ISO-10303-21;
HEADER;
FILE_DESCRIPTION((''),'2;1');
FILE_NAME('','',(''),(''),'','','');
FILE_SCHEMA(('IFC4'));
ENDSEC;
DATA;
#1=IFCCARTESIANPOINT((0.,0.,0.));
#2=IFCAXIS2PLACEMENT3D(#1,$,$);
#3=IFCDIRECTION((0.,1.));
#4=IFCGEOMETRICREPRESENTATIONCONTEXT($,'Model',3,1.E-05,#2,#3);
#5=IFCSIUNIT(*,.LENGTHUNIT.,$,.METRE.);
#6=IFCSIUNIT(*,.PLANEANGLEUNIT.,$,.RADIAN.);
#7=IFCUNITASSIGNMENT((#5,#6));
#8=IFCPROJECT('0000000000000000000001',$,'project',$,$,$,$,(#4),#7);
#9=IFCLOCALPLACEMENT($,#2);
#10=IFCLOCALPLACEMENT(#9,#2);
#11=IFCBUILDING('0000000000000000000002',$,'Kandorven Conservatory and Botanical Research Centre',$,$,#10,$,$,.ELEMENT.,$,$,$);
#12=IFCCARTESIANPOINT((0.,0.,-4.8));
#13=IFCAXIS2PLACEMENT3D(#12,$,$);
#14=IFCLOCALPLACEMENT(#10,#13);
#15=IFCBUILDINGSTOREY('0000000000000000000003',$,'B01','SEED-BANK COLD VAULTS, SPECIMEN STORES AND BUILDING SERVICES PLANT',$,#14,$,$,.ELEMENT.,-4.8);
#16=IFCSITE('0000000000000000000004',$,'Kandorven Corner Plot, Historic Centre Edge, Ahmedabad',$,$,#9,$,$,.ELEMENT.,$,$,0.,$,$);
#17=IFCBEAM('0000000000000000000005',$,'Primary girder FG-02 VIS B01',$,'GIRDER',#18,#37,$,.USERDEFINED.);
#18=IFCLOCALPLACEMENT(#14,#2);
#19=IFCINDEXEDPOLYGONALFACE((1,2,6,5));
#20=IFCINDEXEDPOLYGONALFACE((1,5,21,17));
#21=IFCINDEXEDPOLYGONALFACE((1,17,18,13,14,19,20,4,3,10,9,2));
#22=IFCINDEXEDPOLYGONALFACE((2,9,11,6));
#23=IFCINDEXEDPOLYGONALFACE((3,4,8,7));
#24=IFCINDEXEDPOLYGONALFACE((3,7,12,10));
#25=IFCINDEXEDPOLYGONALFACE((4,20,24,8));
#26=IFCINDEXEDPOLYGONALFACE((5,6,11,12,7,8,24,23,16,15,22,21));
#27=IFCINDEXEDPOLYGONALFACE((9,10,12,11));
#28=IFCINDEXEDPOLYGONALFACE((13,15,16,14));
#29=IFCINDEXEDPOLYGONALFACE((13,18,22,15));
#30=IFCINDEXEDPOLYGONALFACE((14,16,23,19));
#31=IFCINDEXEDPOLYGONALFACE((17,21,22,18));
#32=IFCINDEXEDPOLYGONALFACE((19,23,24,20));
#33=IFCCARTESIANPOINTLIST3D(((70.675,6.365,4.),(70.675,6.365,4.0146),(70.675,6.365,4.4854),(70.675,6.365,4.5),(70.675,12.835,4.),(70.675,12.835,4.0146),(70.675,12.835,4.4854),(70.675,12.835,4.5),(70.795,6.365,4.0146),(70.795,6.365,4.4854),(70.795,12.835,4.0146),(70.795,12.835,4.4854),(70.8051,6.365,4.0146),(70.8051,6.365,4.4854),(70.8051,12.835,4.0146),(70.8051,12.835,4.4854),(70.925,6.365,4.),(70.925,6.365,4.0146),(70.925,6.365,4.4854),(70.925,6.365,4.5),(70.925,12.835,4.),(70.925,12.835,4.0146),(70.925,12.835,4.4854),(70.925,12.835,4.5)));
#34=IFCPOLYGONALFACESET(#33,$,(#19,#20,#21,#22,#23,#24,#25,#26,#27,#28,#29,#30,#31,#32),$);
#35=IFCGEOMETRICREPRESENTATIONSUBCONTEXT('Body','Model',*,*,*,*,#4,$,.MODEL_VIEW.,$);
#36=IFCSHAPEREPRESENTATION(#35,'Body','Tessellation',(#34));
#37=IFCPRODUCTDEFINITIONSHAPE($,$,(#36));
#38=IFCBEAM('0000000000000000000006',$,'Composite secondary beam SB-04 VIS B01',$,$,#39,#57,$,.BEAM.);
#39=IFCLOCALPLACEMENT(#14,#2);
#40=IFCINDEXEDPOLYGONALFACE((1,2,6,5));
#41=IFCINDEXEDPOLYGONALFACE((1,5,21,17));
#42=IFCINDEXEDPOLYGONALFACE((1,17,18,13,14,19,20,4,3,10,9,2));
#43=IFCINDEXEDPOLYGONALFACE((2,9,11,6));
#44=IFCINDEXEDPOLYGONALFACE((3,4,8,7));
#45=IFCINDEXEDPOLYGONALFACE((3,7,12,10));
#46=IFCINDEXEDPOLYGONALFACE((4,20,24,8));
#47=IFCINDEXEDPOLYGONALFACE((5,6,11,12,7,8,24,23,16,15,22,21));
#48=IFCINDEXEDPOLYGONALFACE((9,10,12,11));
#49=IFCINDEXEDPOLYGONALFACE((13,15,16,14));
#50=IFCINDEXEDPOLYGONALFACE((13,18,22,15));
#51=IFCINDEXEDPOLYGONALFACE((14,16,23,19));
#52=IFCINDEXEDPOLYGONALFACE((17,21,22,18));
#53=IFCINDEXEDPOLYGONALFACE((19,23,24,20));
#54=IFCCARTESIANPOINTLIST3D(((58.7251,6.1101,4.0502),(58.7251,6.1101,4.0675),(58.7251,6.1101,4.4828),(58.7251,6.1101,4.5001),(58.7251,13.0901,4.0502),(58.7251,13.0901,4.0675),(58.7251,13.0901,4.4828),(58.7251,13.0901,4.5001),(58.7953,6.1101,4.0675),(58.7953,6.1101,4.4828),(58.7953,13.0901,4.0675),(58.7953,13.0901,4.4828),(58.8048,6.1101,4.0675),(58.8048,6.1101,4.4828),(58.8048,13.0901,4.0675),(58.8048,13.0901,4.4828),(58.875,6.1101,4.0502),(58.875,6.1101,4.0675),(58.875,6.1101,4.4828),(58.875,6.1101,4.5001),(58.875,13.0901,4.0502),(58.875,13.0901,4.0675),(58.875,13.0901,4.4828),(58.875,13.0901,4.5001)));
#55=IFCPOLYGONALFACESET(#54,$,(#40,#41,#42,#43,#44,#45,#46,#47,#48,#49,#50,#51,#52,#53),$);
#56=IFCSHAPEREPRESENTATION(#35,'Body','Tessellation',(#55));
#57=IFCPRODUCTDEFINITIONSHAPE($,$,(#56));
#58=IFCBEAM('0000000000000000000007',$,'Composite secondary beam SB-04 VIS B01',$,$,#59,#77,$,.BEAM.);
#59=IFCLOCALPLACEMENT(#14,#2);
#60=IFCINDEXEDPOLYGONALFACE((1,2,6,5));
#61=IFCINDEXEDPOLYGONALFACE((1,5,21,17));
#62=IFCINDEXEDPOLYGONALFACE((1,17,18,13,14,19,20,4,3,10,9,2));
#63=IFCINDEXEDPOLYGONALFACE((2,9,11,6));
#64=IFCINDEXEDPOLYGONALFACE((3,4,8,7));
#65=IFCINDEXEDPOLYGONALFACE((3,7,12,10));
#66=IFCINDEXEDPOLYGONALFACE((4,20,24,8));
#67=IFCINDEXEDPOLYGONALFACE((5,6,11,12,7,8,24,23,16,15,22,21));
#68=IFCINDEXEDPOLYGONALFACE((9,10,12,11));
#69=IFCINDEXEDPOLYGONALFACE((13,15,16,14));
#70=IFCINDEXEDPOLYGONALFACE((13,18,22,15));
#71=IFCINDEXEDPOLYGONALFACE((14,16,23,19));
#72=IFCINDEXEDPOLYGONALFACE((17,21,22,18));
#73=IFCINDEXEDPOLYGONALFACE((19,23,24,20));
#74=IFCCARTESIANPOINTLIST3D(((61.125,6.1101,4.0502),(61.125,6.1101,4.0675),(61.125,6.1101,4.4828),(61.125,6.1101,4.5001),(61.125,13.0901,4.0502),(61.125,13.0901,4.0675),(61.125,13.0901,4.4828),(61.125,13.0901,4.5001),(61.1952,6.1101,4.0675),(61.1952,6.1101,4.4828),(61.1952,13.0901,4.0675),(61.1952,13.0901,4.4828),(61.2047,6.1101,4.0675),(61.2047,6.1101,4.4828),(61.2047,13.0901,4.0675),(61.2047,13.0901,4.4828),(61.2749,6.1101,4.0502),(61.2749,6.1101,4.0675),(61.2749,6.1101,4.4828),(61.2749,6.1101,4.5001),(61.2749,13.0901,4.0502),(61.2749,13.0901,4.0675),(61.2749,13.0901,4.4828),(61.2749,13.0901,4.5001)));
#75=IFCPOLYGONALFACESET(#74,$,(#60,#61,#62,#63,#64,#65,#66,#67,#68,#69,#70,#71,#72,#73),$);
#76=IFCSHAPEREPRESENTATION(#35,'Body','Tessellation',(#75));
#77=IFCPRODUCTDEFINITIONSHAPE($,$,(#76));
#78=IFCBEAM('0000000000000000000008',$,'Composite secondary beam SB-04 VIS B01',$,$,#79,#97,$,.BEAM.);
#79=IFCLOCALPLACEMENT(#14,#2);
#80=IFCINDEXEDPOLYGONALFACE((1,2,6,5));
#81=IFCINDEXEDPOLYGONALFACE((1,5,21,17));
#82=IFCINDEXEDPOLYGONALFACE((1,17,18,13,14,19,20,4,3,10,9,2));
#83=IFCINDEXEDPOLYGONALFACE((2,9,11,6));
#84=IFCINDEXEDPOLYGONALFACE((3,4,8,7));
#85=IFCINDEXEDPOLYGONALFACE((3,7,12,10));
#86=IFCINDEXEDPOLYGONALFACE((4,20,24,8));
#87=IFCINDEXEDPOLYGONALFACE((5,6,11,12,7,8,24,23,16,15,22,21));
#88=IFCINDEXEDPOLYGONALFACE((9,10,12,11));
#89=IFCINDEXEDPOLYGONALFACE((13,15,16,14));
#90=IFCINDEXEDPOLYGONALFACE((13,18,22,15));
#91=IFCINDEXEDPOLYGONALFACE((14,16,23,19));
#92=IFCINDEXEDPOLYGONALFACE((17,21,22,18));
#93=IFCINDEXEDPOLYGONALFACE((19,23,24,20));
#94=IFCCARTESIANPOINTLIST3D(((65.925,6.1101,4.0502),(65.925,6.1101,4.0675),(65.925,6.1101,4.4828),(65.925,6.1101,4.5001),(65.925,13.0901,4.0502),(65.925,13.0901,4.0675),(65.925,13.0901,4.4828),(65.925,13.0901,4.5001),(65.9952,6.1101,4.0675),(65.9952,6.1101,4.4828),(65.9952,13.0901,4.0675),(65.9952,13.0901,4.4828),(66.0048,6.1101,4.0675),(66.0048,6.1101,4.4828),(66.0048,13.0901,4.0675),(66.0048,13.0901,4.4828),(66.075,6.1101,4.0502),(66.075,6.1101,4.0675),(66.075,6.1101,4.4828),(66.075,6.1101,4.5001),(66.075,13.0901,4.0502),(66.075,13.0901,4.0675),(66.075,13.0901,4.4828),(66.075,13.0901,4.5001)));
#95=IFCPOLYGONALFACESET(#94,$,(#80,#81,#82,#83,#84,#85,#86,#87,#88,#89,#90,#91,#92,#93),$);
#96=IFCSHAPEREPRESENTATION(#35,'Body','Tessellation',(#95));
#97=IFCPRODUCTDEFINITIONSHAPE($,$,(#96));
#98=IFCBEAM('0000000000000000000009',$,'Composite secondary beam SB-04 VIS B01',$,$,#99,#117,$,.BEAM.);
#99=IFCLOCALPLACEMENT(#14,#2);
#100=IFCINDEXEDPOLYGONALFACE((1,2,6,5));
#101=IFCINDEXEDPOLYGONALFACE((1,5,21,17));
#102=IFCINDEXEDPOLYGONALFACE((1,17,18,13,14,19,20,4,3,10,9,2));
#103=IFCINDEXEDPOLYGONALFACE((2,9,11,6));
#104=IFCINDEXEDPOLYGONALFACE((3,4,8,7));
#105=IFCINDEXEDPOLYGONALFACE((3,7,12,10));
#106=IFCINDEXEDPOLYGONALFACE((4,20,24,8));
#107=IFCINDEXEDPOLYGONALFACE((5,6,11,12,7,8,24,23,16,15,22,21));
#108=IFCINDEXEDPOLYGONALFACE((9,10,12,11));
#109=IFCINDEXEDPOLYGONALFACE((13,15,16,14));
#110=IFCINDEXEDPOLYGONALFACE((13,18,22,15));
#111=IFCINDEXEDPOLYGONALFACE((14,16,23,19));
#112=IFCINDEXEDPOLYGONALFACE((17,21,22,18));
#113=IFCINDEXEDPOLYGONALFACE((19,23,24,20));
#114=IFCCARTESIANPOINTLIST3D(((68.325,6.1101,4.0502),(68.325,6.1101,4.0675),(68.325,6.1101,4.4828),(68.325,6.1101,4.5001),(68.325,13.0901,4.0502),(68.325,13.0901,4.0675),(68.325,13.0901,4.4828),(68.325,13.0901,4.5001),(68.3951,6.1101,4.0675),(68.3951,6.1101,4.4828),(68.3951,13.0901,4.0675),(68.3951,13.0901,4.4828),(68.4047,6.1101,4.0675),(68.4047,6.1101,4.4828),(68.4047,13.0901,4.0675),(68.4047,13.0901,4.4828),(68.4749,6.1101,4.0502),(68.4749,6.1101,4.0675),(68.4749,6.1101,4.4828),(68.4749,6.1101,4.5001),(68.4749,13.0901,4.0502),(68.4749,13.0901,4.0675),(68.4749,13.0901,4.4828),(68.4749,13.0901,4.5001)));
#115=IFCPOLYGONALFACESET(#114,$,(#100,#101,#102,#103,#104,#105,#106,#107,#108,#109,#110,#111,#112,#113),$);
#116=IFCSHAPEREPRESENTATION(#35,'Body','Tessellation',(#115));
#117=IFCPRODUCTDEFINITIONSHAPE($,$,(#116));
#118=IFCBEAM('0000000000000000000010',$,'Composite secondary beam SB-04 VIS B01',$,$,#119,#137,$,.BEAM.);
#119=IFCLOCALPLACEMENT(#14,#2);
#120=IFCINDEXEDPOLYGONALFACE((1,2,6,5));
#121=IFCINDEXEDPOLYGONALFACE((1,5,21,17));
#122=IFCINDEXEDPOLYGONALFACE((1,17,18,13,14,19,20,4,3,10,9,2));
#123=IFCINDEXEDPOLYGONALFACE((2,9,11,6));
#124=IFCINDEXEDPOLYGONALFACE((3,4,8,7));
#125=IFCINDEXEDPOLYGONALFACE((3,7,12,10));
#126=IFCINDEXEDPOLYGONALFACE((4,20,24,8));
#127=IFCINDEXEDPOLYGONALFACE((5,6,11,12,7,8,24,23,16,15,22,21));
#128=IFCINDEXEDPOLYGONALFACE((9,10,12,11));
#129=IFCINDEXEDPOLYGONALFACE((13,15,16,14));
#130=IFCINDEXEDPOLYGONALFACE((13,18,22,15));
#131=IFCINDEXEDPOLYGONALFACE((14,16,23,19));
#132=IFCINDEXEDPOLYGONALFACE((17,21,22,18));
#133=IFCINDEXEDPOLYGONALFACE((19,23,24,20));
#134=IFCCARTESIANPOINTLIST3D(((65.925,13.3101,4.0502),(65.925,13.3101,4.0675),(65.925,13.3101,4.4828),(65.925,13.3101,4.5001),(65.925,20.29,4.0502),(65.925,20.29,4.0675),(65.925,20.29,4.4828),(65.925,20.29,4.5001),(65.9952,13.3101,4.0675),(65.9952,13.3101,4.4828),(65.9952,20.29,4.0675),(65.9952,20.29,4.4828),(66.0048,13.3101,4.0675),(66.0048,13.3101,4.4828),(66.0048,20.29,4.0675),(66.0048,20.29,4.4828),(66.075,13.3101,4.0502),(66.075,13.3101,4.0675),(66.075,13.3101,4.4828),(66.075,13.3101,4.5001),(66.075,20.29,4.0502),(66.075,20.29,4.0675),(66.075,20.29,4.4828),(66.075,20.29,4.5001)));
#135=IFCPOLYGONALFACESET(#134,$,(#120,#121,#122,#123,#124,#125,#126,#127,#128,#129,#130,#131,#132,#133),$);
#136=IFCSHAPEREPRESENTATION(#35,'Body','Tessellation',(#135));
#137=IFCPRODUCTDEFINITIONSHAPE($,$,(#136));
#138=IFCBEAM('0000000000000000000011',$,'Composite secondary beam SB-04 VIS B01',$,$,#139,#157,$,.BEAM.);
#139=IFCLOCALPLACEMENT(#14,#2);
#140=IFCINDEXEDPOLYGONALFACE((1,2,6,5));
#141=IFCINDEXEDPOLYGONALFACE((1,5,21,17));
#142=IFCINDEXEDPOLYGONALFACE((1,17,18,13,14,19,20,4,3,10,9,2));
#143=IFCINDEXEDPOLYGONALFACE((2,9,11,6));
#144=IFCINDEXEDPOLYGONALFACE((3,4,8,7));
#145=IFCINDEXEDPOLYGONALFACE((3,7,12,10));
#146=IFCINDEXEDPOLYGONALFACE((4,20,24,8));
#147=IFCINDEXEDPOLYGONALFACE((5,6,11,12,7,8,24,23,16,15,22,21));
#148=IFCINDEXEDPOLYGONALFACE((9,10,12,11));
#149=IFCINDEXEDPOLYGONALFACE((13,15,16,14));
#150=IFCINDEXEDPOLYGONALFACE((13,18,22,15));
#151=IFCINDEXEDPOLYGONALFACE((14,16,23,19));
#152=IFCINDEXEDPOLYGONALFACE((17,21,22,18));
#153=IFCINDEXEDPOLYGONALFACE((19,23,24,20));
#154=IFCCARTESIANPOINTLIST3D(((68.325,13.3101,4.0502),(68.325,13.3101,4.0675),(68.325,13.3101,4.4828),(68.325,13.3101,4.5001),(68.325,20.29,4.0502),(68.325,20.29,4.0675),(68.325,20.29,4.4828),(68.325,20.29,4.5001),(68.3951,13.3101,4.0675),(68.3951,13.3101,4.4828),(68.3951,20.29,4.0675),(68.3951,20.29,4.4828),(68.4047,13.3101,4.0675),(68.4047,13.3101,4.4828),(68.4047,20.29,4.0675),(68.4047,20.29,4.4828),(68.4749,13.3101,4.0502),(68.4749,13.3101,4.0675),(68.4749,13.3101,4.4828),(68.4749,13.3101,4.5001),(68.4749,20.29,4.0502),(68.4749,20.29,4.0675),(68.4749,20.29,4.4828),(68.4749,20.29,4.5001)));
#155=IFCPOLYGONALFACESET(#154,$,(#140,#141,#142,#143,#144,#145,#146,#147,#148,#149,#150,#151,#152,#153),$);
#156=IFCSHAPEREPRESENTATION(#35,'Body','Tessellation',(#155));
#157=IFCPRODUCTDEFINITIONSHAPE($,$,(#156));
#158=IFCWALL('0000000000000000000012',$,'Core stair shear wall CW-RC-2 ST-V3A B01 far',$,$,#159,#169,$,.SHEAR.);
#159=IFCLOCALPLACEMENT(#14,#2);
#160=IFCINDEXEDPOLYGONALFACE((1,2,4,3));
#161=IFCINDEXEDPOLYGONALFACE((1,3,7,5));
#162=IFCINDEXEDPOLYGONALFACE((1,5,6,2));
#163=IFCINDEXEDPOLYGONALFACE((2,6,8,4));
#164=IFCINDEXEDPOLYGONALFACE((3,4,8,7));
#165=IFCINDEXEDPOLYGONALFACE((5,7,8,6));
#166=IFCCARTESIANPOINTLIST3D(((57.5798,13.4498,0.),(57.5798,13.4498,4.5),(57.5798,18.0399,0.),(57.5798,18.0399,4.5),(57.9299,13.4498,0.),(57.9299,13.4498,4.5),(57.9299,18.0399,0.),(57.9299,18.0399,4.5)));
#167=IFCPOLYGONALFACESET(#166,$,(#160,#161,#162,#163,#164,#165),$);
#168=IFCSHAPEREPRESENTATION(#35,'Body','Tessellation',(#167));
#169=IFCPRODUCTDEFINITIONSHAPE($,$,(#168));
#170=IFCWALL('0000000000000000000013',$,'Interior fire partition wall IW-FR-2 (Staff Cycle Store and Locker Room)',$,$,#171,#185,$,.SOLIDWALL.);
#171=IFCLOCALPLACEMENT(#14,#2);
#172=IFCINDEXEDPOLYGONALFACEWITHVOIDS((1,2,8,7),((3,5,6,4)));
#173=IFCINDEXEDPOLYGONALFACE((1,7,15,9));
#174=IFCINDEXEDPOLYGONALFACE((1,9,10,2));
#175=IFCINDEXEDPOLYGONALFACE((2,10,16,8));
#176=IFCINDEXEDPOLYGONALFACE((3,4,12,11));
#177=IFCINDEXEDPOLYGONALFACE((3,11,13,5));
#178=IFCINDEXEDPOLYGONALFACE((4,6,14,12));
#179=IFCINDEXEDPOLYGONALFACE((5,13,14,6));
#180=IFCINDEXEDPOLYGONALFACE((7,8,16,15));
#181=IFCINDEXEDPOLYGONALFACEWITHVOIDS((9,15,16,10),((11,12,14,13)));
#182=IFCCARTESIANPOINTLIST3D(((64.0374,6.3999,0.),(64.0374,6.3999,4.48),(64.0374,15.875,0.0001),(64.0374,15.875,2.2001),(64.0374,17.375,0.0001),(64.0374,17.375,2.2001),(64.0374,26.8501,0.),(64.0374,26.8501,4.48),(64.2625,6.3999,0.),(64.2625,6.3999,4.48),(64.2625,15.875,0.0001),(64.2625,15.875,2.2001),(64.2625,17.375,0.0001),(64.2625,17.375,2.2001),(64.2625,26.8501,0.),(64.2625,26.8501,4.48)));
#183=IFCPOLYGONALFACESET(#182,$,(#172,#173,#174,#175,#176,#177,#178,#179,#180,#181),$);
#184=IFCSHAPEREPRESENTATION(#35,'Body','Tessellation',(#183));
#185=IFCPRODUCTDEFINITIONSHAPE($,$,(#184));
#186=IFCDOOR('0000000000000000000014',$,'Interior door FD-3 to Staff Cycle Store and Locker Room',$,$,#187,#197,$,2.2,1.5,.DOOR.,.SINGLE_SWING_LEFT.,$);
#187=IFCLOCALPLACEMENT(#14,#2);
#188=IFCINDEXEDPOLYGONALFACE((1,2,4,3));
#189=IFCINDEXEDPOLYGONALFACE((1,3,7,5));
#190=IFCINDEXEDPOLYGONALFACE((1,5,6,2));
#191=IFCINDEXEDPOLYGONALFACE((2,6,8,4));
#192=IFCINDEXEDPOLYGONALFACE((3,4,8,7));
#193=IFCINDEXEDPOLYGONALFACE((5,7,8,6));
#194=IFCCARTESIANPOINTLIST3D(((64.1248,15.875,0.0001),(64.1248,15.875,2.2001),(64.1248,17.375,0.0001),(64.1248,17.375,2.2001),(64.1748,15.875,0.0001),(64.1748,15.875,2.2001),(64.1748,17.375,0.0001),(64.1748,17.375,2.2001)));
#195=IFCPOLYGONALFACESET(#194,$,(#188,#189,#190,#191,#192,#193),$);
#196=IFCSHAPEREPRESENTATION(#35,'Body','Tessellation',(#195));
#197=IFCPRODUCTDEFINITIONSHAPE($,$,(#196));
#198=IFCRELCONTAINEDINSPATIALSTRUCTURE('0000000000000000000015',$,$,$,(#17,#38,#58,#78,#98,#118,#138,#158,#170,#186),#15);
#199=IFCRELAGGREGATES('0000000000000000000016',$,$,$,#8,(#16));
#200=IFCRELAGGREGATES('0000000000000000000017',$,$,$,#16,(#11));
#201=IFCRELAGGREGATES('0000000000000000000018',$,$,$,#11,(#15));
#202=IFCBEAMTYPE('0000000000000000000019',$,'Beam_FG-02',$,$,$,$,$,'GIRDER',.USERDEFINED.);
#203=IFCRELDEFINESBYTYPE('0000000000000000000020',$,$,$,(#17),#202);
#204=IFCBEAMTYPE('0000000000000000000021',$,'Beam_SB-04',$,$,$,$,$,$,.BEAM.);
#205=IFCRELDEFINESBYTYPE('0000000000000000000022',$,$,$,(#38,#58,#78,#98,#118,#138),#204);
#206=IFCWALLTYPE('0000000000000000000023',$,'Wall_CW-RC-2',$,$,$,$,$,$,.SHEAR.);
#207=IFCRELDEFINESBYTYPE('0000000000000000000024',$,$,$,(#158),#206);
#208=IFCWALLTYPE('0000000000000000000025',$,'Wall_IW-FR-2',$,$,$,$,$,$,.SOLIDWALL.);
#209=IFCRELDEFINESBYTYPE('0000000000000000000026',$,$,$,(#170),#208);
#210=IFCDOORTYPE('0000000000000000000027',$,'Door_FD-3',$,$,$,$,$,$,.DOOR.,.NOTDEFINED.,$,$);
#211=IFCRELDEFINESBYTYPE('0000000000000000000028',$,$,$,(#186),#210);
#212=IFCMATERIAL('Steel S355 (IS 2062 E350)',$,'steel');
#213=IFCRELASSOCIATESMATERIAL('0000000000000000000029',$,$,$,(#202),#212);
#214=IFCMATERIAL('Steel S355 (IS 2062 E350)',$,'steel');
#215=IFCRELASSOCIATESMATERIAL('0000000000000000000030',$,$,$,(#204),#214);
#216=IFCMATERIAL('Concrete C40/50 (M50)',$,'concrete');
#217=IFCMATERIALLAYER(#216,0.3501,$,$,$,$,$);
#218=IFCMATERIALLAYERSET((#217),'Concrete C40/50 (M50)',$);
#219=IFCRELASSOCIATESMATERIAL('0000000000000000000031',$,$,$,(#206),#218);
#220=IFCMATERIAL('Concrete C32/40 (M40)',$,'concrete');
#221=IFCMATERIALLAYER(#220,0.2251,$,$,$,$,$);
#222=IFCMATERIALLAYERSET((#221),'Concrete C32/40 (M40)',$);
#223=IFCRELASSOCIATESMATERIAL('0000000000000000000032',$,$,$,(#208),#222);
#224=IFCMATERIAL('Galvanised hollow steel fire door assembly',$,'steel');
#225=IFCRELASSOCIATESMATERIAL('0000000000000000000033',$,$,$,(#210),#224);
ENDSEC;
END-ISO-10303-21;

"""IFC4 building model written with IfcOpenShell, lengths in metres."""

from ifc_helpers import new_model, si_unit, direction, frame, frame_2d, origin, origin_2d, place, context, subcontext, project, spatial, rectangle, i_section, extrude, material, layer, layer_set, material_profile, profile_set, type_object, element, fill, save


model = new_model("IFC4")

# Units and contexts
model_context = context("Model", 3, precision=1e-05, world=origin(), true_north=direction((0.0, 1.0)))
body_context = subcontext(model_context, "Body", "Model", "MODEL_VIEW")
ifc_project = project(units=[si_unit("LENGTHUNIT", "METRE"), si_unit("PLANEANGLEUNIT", "RADIAN")], contexts=[model_context])

# Site, building, storey
site_placement = place(None, origin())
site = spatial("IfcSite", under=ifc_project, at=site_placement, Name="Kandorven Corner Plot, Historic Centre Edge, Ahmedabad", CompositionType="ELEMENT", RefElevation=0.0)
building_placement = place(site_placement, origin())
building = spatial("IfcBuilding", under=site, at=building_placement, Name="Kandorven Conservatory and Botanical Research Centre", CompositionType="ELEMENT")
storey_placement = place(building_placement, frame((0.0, 0.0, -4.8)))
storey = spatial("IfcBuildingStorey", under=building, at=storey_placement, Name="B01", Description="SEED-BANK COLD VAULTS, SPECIMEN STORES AND BUILDING SERVICES PLANT", CompositionType="ELEMENT", Elevation=-4.8)

# Beams
ifc_material_1 = material(Name="Steel S355 (IS 2062 E350)", Category="steel")
ifc_material_profile_1 = material_profile(ifc_material_1, i_section(OverallWidth=0.25, OverallDepth=0.5, WebThickness=0.01, FlangeThickness=0.0146, at=origin_2d()))
ifc_profile_set_1 = profile_set([ifc_material_profile_1], Name="Steel S355 (IS 2062 E350)")
beam_type_1 = type_object("IfcBeamType", Name="Beam_FG-02", ElementType="GIRDER", PredefinedType="USERDEFINED", material=ifc_profile_set_1)
for number, where, z_axis, x_axis, name in (
    (1, (70.8, 6.365, 4.25), (0.0, 1.0, 0.0), (-1.0, 0.0, 0.0), "Primary girder FG-02 VIS B01"),
):
    element("IfcBeam", number, at=place(storey_placement, frame(where, z_axis=z_axis, x_axis=x_axis)), inside=storey, type_object=beam_type_1, Name=name, ObjectType="GIRDER", PredefinedType="USERDEFINED", context=body_context, shape_type="SweptSolid", body=[
        extrude(i_section(OverallWidth=0.25, OverallDepth=0.5, WebThickness=0.01, FlangeThickness=0.0146, at=origin_2d()), origin(), (0.0, 0.0, 1.0), 6.47),
    ])
ifc_material_2 = material(Name="Steel S355 (IS 2062 E350)", Category="steel")
ifc_material_profile_2 = material_profile(ifc_material_2, i_section(OverallWidth=0.1499, OverallDepth=0.45, WebThickness=0.0095, FlangeThickness=0.0173, at=origin_2d()))
ifc_profile_set_2 = profile_set([ifc_material_profile_2], Name="Steel S355 (IS 2062 E350)")
beam_type_2 = type_object("IfcBeamType", Name="Beam_SB-04", PredefinedType="BEAM", material=ifc_profile_set_2)
for number, where, z_axis, x_axis, name in (
    (2, (58.8, 6.1101, 4.2751), (0.0, 1.0, 0.0), (-1.0, 0.0, 0.0), "Composite secondary beam SB-04 VIS B01"),
    (3, (61.2, 6.1101, 4.2751), (0.0, 1.0, 0.0), (-1.0, 0.0, 0.0), "Composite secondary beam SB-04 VIS B01"),
    (4, (66.0, 6.1101, 4.2751), (0.0, 1.0, 0.0), (-1.0, 0.0, 0.0), "Composite secondary beam SB-04 VIS B01"),
    (5, (68.3999, 6.1101, 4.2751), (0.0, 1.0, 0.0), (-1.0, 0.0, 0.0), "Composite secondary beam SB-04 VIS B01"),
    (6, (66.0, 13.3101, 4.2751), (0.0, 1.0, 0.0), (-1.0, 0.0, 0.0), "Composite secondary beam SB-04 VIS B01"),
    (7, (68.3999, 13.3101, 4.2751), (0.0, 1.0, 0.0), (-1.0, 0.0, 0.0), "Composite secondary beam SB-04 VIS B01"),
):
    element("IfcBeam", number, at=place(storey_placement, frame(where, z_axis=z_axis, x_axis=x_axis)), inside=storey, type_object=beam_type_2, Name=name, PredefinedType="BEAM", context=body_context, shape_type="SweptSolid", body=[
        extrude(i_section(OverallWidth=0.1499, OverallDepth=0.45, WebThickness=0.0095, FlangeThickness=0.0173, at=origin_2d()), origin(), (0.0, 0.0, 1.0), 6.98),
    ])

# Wall
ifc_material_3 = material(Name="Concrete C40/50 (M50)", Category="concrete")
ifc_layer_1 = layer(ifc_material_3, 0.3501)
ifc_layer_set_1 = layer_set([ifc_layer_1], Name="Concrete C40/50 (M50)")
wall_type_1 = type_object("IfcWallType", Name="Wall_CW-RC-2", PredefinedType="SHEAR", material=ifc_layer_set_1)
wall_1_placement = place(storey_placement, frame((57.7549, 13.45, 0.0), z_axis=(0.0, 0.0, 1.0), x_axis=(0.0, 1.0, 0.0)))
element("IfcWall", 8, at=wall_1_placement, inside=storey, type_object=wall_type_1, Name="Core stair shear wall CW-RC-2 ST-V3A B01 far", PredefinedType="SHEAR", context=body_context, shape_type="SweptSolid", body=[
    extrude(rectangle(XDim=4.5901, YDim=0.3501, at=frame_2d((2.2949, 0.0))), origin(), (0.0, 0.0, 1.0), 4.5),
])

# Wall, opening, door
ifc_material_4 = material(Name="Concrete C32/40 (M40)", Category="concrete")
ifc_layer_2 = layer(ifc_material_4, 0.2251)
ifc_layer_set_2 = layer_set([ifc_layer_2], Name="Concrete C32/40 (M40)")
wall_type_2 = type_object("IfcWallType", Name="Wall_IW-FR-2", PredefinedType="SOLIDWALL", material=ifc_layer_set_2)
wall_2_placement = place(storey_placement, frame((64.1499, 6.3999, 0.0), z_axis=(0.0, 0.0, 1.0), x_axis=(0.0, 1.0, 0.0)))
wall_2 = element("IfcWall", 9, at=wall_2_placement, inside=storey, type_object=wall_type_2, Name="Interior fire partition wall IW-FR-2 (Staff Cycle Store and Locker Room)", PredefinedType="SOLIDWALL", context=body_context, shape_type="SweptSolid", body=[
    extrude(rectangle(XDim=20.4502, YDim=0.2251, at=frame_2d((10.2251, 0.0))), origin(), (0.0, 0.0, 1.0), 4.48),
])
opening_placement = place(wall_2_placement, frame((9.4751, 0.0, 0.0)))
opening = element("IfcOpeningElement", 10, at=opening_placement, cuts=wall_2, PredefinedType="OPENING", context=body_context, shape_type="SweptSolid", body=[
    extrude(rectangle(XDim=1.5, YDim=2.2, at=frame_2d((0.75, 1.1001))), frame((0.0, 0.1226, 0.0), z_axis=(0.0, -1.0, 0.0), x_axis=(1.0, 0.0, 0.0)), (0.0, 0.0, 1.0), 0.2451),
])
ifc_material_5 = material(Name="Galvanised hollow steel fire door assembly", Category="steel")
door_type = type_object("IfcDoorType", Name="Door_FD-3", OperationType="NOTDEFINED", PredefinedType="DOOR", material=ifc_material_5)
door_placement = place(opening_placement, frame((1.5, 0.0, 0.0), z_axis=(0.0, 0.0, 1.0), x_axis=(-1.0, 0.0, 0.0)))
door = element("IfcDoor", 11, at=door_placement, inside=storey, type_object=door_type, Name="Interior door FD-3 to Staff Cycle Store and Locker Room", OperationType="SINGLE_SWING_LEFT", OverallHeight=2.2, OverallWidth=1.5, PredefinedType="DOOR", context=body_context, shape_type="SweptSolid", body=[
    extrude(rectangle(XDim=1.5, YDim=2.2, at=frame_2d((0.75, 1.1001))), frame((0.0, 0.0249, 0.0), z_axis=(0.0, -1.0, 0.0), x_axis=(1.0, 0.0, 0.0)), (0.0, 0.0, 1.0), 0.05),
])
fill(opening, door)

save(model, "model.ifc")
